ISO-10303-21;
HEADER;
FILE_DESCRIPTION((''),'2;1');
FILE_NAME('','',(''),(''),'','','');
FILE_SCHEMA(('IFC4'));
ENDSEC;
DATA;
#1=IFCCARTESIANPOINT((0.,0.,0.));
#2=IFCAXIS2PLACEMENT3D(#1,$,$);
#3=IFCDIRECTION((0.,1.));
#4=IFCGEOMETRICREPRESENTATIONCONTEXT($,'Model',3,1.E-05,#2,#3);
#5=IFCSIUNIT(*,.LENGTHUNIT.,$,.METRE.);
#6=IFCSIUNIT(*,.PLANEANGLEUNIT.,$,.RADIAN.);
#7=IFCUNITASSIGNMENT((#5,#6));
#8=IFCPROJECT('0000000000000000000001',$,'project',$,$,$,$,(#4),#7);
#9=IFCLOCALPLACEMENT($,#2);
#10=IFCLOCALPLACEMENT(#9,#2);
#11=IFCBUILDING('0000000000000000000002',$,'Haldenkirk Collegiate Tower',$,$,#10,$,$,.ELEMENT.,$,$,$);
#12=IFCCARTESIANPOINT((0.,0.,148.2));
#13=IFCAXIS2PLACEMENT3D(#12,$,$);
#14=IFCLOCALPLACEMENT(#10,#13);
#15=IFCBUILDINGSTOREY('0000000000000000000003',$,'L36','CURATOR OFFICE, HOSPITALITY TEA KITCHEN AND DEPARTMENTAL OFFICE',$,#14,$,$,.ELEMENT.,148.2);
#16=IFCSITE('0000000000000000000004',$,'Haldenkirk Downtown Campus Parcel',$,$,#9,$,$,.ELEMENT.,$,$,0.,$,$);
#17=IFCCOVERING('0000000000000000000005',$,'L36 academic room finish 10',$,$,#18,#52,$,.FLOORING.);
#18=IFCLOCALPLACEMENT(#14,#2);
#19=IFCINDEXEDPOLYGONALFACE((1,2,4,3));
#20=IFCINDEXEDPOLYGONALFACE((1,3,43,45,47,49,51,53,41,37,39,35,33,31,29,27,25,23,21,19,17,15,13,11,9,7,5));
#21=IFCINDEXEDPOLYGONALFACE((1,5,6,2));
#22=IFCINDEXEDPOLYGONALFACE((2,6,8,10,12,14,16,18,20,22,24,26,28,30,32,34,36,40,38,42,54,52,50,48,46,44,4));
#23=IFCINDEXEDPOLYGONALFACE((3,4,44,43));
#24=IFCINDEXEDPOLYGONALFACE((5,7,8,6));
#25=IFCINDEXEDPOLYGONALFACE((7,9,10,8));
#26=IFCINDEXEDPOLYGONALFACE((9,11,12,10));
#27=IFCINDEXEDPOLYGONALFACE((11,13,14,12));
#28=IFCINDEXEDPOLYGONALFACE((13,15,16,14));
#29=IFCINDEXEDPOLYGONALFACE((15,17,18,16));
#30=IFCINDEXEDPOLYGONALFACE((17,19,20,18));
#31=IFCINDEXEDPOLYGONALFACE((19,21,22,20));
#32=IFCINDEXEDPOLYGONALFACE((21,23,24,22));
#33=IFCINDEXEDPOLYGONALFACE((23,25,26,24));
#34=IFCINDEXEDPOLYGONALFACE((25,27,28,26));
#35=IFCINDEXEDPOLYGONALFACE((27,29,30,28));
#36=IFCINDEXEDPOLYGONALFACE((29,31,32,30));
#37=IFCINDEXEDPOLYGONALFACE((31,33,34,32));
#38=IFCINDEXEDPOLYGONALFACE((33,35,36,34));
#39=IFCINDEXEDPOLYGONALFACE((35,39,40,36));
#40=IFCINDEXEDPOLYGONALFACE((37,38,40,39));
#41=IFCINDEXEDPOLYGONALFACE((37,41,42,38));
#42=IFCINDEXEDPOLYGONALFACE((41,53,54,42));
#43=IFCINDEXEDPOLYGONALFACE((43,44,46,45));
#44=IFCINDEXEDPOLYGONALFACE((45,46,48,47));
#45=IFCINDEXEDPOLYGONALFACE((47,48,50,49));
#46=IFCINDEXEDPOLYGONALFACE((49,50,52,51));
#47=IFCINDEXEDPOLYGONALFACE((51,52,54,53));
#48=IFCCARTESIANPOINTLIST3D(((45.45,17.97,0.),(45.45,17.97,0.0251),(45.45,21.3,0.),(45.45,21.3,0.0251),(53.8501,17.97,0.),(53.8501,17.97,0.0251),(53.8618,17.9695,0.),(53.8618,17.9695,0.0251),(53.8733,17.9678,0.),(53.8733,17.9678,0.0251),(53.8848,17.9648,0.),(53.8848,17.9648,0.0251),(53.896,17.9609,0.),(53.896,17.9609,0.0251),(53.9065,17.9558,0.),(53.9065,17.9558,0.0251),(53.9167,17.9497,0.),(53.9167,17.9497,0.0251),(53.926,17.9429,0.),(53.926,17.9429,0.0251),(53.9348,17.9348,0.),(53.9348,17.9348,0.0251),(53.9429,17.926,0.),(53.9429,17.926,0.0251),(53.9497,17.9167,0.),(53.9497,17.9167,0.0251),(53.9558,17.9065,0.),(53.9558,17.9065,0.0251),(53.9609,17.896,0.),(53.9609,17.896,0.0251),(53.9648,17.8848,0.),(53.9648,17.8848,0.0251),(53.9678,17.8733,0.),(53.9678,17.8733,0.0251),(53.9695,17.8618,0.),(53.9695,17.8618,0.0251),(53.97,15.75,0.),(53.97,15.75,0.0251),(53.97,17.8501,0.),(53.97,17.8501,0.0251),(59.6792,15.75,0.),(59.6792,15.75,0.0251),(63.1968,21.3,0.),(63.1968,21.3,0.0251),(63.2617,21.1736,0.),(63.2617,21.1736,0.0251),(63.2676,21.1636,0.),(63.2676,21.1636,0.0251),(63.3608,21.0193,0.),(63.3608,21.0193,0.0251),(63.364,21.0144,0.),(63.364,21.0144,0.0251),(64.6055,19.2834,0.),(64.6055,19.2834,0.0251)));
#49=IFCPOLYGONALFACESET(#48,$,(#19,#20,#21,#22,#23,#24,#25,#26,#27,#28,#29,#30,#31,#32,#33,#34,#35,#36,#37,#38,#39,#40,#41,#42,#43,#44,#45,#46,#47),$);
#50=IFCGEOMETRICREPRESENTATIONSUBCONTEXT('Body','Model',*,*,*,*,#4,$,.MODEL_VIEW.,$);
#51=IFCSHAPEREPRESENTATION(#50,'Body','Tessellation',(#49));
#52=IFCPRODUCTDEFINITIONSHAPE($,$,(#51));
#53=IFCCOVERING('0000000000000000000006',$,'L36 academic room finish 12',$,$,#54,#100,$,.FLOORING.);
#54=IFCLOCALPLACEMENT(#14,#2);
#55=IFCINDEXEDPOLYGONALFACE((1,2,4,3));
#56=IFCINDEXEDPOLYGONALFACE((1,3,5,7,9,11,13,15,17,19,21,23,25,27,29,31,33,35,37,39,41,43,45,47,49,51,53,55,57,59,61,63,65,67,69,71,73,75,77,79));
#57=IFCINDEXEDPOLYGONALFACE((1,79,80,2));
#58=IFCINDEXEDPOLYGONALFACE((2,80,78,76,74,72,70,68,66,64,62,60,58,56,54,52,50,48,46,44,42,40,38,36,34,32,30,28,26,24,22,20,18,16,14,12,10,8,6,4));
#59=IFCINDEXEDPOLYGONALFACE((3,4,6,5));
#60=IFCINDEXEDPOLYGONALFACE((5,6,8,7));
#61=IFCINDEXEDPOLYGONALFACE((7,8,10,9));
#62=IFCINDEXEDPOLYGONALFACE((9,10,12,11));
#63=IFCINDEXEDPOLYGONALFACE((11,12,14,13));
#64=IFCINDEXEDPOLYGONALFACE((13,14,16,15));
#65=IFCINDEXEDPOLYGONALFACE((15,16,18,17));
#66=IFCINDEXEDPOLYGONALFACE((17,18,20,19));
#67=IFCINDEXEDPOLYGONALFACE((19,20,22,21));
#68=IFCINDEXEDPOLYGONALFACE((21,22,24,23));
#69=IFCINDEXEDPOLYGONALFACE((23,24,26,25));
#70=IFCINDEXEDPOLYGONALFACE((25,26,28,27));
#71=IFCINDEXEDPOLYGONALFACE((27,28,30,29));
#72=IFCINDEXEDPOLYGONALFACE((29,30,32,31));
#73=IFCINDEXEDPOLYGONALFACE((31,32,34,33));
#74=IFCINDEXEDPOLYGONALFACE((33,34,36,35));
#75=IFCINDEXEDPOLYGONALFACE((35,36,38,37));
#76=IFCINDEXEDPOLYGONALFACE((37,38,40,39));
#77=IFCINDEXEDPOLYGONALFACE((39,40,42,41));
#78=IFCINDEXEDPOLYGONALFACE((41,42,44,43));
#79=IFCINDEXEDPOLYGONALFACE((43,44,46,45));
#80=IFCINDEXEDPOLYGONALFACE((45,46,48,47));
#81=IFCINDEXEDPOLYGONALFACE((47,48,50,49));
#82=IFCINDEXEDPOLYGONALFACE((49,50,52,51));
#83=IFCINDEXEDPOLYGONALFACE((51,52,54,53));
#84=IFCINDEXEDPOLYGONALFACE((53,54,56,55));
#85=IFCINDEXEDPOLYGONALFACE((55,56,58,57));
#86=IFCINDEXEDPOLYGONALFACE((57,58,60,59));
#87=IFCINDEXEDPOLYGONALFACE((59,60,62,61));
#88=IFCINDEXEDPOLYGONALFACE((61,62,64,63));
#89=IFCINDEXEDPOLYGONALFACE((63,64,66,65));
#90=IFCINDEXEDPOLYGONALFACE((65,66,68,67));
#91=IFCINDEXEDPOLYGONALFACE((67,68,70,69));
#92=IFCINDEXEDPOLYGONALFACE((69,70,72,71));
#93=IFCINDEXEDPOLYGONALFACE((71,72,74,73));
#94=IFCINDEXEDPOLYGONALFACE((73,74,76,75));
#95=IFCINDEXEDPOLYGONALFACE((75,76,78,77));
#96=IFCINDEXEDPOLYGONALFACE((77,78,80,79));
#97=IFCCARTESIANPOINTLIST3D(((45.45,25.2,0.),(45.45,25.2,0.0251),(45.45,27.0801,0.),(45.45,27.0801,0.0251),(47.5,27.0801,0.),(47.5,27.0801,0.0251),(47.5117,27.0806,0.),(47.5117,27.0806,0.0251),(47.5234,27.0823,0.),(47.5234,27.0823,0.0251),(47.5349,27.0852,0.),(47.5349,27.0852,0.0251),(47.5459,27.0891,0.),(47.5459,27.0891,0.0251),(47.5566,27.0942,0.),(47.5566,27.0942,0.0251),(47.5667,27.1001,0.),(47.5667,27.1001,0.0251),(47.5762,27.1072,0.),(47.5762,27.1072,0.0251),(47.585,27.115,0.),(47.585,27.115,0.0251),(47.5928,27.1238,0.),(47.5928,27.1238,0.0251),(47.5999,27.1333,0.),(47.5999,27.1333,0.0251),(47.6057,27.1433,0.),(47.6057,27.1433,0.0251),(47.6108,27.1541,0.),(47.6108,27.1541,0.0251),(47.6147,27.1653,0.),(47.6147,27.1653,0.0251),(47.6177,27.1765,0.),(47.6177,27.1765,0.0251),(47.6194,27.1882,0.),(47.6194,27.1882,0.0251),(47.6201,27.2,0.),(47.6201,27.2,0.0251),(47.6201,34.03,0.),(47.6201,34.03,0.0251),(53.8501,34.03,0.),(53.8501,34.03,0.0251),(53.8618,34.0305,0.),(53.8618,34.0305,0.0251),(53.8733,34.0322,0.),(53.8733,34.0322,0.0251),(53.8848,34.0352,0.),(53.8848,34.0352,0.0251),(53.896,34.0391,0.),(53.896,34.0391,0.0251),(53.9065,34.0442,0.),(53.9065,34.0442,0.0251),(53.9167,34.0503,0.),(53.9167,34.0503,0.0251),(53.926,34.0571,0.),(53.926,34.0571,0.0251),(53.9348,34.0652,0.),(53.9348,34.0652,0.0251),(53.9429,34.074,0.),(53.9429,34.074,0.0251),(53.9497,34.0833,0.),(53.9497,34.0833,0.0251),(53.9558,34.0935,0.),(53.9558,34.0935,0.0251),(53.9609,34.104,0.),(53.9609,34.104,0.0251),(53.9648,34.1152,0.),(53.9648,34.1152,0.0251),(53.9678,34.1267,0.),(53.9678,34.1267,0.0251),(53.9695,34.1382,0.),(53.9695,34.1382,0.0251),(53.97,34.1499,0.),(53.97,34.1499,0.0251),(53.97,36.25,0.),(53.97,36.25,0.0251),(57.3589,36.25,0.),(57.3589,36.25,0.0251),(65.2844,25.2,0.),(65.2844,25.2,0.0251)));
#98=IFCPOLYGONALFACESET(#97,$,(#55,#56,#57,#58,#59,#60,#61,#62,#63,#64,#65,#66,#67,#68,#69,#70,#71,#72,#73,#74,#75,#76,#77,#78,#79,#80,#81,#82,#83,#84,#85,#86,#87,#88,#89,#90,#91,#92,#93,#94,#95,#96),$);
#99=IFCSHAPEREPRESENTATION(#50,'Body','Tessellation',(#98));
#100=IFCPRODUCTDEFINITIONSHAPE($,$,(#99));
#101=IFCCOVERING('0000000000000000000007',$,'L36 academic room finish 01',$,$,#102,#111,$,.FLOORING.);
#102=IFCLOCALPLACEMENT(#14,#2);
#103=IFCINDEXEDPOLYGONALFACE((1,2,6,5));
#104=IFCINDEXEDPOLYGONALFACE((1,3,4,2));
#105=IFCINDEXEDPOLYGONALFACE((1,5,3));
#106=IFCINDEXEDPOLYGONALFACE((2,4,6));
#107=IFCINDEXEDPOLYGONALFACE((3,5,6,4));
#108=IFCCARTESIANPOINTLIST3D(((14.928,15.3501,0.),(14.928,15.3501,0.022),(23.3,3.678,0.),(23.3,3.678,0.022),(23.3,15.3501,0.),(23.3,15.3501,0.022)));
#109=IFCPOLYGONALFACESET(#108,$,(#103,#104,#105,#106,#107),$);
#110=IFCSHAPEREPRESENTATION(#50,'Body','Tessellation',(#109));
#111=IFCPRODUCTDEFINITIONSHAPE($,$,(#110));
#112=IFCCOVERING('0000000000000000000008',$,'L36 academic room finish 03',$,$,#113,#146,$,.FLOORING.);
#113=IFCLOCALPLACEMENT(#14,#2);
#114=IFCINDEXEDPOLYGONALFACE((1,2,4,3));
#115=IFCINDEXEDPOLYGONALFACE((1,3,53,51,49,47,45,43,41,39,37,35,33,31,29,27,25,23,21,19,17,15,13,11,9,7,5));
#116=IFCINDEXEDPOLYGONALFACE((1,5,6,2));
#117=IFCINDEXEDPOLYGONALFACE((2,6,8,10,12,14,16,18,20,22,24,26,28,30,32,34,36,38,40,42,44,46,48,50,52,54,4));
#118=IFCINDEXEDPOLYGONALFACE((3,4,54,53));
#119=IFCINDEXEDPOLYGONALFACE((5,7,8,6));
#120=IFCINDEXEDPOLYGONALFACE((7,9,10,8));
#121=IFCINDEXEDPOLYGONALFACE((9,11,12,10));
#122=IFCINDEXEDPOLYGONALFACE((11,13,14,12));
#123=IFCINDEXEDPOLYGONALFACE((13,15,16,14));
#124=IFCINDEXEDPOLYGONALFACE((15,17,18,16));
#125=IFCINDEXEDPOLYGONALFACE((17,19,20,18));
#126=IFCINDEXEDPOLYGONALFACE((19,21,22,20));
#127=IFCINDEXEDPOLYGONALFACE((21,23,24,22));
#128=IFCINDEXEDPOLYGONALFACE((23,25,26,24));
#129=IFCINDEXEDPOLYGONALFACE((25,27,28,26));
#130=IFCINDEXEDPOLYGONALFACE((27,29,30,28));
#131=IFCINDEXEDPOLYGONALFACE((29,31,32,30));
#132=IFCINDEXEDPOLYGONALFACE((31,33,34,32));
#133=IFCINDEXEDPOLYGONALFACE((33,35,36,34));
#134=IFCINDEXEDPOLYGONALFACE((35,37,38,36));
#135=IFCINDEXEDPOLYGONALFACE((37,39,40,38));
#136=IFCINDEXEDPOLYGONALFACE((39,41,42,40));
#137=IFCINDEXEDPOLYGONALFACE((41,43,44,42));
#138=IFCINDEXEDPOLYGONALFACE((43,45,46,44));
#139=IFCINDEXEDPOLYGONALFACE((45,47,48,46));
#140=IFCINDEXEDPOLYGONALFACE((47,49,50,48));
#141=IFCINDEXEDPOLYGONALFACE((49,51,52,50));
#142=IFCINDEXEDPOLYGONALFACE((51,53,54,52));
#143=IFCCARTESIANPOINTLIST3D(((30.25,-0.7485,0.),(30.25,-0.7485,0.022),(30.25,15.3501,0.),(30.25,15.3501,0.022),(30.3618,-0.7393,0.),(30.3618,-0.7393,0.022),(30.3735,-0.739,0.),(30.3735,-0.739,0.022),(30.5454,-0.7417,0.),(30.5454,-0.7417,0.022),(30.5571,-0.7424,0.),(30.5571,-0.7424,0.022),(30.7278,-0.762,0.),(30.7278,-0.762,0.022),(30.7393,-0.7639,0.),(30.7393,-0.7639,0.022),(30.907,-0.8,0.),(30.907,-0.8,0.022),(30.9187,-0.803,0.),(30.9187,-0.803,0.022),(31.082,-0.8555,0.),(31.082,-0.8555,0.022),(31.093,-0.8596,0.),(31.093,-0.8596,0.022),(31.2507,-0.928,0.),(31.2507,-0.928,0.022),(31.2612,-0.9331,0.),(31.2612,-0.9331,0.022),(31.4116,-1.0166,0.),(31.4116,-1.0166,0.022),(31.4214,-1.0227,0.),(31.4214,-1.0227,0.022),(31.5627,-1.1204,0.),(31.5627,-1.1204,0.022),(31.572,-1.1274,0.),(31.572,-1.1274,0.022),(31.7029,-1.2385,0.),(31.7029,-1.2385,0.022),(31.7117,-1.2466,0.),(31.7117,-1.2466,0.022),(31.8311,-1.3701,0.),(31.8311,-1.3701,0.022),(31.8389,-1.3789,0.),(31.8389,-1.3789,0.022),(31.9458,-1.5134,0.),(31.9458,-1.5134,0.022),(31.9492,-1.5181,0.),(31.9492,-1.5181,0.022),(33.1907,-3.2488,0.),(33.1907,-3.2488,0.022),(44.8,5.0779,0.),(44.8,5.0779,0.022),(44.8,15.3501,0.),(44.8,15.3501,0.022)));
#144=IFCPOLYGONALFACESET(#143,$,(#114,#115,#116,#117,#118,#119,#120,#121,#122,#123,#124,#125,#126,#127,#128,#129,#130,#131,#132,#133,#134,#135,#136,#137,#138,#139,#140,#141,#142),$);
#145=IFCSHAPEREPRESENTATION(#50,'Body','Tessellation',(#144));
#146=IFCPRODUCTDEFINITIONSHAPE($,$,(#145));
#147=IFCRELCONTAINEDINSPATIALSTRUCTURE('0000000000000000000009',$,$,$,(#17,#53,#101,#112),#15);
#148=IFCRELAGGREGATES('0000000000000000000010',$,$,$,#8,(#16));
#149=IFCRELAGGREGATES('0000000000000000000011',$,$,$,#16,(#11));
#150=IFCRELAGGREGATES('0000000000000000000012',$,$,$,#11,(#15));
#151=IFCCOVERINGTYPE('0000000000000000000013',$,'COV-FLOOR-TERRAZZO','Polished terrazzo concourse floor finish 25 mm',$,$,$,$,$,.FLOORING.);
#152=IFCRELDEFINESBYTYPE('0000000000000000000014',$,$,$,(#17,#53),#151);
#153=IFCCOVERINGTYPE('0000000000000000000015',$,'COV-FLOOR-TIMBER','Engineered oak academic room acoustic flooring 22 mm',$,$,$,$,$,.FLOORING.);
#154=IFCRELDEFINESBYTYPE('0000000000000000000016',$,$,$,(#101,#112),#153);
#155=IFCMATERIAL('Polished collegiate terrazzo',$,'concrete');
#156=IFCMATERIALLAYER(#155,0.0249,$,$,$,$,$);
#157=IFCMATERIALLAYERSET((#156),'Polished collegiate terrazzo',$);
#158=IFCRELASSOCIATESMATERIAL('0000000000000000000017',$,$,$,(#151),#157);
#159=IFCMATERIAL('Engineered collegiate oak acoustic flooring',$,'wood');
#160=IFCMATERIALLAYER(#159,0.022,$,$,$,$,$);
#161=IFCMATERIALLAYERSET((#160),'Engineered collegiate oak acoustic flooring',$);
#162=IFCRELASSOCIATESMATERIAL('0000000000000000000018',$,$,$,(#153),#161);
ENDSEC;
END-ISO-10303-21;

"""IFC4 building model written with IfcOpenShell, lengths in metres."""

from ifc_helpers import new_model, si_unit, direction, frame, origin, place, context, subcontext, project, spatial, polyline, outline, extrude, material, layer, layer_set, type_object, element, save


model = new_model("IFC4")

# Units and contexts
model_context = context("Model", 3, precision=1e-05, world=origin(), true_north=direction((0.0, 1.0)))
body_context = subcontext(model_context, "Body", "Model", "MODEL_VIEW")
ifc_project = project(units=[si_unit("LENGTHUNIT", "METRE"), si_unit("PLANEANGLEUNIT", "RADIAN")], contexts=[model_context])

# Site, building, storey
site_placement = place(None, origin())
site = spatial("IfcSite", under=ifc_project, at=site_placement, Name="Haldenkirk Downtown Campus Parcel", CompositionType="ELEMENT", RefElevation=0.0)
building_placement = place(site_placement, origin())
building = spatial("IfcBuilding", under=site, at=building_placement, Name="Haldenkirk Collegiate Tower", CompositionType="ELEMENT")
storey_placement = place(building_placement, frame((0.0, 0.0, 148.2)))
storey = spatial("IfcBuildingStorey", under=building, at=storey_placement, Name="L36", Description="CURATOR OFFICE, HOSPITALITY TEA KITCHEN AND DEPARTMENTAL OFFICE", CompositionType="ELEMENT", Elevation=148.2)

# Coverings
ifc_material_1 = material(Name="Polished collegiate terrazzo", Category="concrete")
ifc_layer_1 = layer(ifc_material_1, 0.0249)
ifc_layer_set_1 = layer_set([ifc_layer_1], Name="Polished collegiate terrazzo")
covering_type_1 = type_object("IfcCoveringType", Name="COV-FLOOR-TERRAZZO", Description="Polished terrazzo concourse floor finish 25 mm", PredefinedType="FLOORING", material=ifc_layer_set_1)
covering_1_placement = place(storey_placement, origin())
element("IfcCovering", 1, at=covering_1_placement, inside=storey, type_object=covering_type_1, Name="L36 academic room finish 10", PredefinedType="FLOORING", context=body_context, shape_type="SweptSolid", body=[
    extrude(outline(polyline([(63.1968, 21.3), (63.2617, 21.1736), (63.2676, 21.1636), (63.3608, 21.0193), (63.364, 21.0144), (64.6055, 19.2834), (59.6792, 15.75), (53.97, 15.75), (53.97, 17.8501), (53.9695, 17.8618), (53.9678, 17.8733), (53.9648, 17.8848), (53.9609, 17.896), (53.9558, 17.9065), (53.9497, 17.9167), (53.9429, 17.926), (53.9348, 17.9348), (53.926, 17.9429), (53.9167, 17.9497), (53.9065, 17.9558), (53.896, 17.9609), (53.8848, 17.9648), (53.8733, 17.9678), (53.8618, 17.9695), (53.8501, 17.97), (45.45, 17.97), (45.45, 21.3), (63.1968, 21.3)])), origin(), (0.0, 0.0, 1.0), 0.0251),
])
covering_2_placement = place(storey_placement, origin())
element("IfcCovering", 2, at=covering_2_placement, inside=storey, type_object=covering_type_1, Name="L36 academic room finish 12", PredefinedType="FLOORING", context=body_context, shape_type="SweptSolid", body=[
    extrude(outline(polyline([(47.5, 27.0801), (47.5117, 27.0806), (47.5234, 27.0823), (47.5349, 27.0852), (47.5459, 27.0891), (47.5566, 27.0942), (47.5667, 27.1001), (47.5762, 27.1072), (47.585, 27.115), (47.5928, 27.1238), (47.5999, 27.1333), (47.6057, 27.1433), (47.6108, 27.1541), (47.6147, 27.1653), (47.6177, 27.1765), (47.6194, 27.1882), (47.6201, 27.2), (47.6201, 34.03), (53.8501, 34.03), (53.8618, 34.0305), (53.8733, 34.0322), (53.8848, 34.0352), (53.896, 34.0391), (53.9065, 34.0442), (53.9167, 34.0503), (53.926, 34.0571), (53.9348, 34.0652), (53.9429, 34.074), (53.9497, 34.0833), (53.9558, 34.0935), (53.9609, 34.104), (53.9648, 34.1152), (53.9678, 34.1267), (53.9695, 34.1382), (53.97, 34.1499), (53.97, 36.25), (57.3589, 36.25), (65.2844, 25.2), (45.45, 25.2), (45.45, 27.0801), (47.5, 27.0801)])), origin(), (0.0, 0.0, 1.0), 0.0251),
])
ifc_material_2 = material(Name="Engineered collegiate oak acoustic flooring", Category="wood")
ifc_layer_2 = layer(ifc_material_2, 0.022)
ifc_layer_set_2 = layer_set([ifc_layer_2], Name="Engineered collegiate oak acoustic flooring")
covering_type_2 = type_object("IfcCoveringType", Name="COV-FLOOR-TIMBER", Description="Engineered oak academic room acoustic flooring 22 mm", PredefinedType="FLOORING", material=ifc_layer_set_2)
covering_3_placement = place(storey_placement, origin())
element("IfcCovering", 3, at=covering_3_placement, inside=storey, type_object=covering_type_2, Name="L36 academic room finish 01", PredefinedType="FLOORING", context=body_context, shape_type="SweptSolid", body=[
    extrude(outline(polyline([(14.928, 15.3501), (23.3, 15.3501), (23.3, 3.678), (14.928, 15.3501)])), origin(), (0.0, 0.0, 1.0), 0.022),
])
covering_4_placement = place(storey_placement, origin())
element("IfcCovering", 4, at=covering_4_placement, inside=storey, type_object=covering_type_2, Name="L36 academic room finish 03", PredefinedType="FLOORING", context=body_context, shape_type="SweptSolid", body=[
    extrude(outline(polyline([(30.25, -0.7485), (30.25, 15.3501), (44.8, 15.3501), (44.8, 5.0779), (33.1907, -3.2488), (31.9492, -1.5181), (31.9458, -1.5134), (31.8389, -1.3789), (31.8311, -1.3701), (31.7117, -1.2466), (31.7029, -1.2385), (31.572, -1.1274), (31.5627, -1.1204), (31.4214, -1.0227), (31.4116, -1.0166), (31.2612, -0.9331), (31.2507, -0.928), (31.093, -0.8596), (31.082, -0.8555), (30.9187, -0.803), (30.907, -0.8), (30.7393, -0.7639), (30.7278, -0.762), (30.5571, -0.7424), (30.5454, -0.7417), (30.3735, -0.739), (30.3618, -0.7393), (30.25, -0.7485)])), origin(), (0.0, 0.0, 1.0), 0.022),
])

save(model, "model.ifc")
